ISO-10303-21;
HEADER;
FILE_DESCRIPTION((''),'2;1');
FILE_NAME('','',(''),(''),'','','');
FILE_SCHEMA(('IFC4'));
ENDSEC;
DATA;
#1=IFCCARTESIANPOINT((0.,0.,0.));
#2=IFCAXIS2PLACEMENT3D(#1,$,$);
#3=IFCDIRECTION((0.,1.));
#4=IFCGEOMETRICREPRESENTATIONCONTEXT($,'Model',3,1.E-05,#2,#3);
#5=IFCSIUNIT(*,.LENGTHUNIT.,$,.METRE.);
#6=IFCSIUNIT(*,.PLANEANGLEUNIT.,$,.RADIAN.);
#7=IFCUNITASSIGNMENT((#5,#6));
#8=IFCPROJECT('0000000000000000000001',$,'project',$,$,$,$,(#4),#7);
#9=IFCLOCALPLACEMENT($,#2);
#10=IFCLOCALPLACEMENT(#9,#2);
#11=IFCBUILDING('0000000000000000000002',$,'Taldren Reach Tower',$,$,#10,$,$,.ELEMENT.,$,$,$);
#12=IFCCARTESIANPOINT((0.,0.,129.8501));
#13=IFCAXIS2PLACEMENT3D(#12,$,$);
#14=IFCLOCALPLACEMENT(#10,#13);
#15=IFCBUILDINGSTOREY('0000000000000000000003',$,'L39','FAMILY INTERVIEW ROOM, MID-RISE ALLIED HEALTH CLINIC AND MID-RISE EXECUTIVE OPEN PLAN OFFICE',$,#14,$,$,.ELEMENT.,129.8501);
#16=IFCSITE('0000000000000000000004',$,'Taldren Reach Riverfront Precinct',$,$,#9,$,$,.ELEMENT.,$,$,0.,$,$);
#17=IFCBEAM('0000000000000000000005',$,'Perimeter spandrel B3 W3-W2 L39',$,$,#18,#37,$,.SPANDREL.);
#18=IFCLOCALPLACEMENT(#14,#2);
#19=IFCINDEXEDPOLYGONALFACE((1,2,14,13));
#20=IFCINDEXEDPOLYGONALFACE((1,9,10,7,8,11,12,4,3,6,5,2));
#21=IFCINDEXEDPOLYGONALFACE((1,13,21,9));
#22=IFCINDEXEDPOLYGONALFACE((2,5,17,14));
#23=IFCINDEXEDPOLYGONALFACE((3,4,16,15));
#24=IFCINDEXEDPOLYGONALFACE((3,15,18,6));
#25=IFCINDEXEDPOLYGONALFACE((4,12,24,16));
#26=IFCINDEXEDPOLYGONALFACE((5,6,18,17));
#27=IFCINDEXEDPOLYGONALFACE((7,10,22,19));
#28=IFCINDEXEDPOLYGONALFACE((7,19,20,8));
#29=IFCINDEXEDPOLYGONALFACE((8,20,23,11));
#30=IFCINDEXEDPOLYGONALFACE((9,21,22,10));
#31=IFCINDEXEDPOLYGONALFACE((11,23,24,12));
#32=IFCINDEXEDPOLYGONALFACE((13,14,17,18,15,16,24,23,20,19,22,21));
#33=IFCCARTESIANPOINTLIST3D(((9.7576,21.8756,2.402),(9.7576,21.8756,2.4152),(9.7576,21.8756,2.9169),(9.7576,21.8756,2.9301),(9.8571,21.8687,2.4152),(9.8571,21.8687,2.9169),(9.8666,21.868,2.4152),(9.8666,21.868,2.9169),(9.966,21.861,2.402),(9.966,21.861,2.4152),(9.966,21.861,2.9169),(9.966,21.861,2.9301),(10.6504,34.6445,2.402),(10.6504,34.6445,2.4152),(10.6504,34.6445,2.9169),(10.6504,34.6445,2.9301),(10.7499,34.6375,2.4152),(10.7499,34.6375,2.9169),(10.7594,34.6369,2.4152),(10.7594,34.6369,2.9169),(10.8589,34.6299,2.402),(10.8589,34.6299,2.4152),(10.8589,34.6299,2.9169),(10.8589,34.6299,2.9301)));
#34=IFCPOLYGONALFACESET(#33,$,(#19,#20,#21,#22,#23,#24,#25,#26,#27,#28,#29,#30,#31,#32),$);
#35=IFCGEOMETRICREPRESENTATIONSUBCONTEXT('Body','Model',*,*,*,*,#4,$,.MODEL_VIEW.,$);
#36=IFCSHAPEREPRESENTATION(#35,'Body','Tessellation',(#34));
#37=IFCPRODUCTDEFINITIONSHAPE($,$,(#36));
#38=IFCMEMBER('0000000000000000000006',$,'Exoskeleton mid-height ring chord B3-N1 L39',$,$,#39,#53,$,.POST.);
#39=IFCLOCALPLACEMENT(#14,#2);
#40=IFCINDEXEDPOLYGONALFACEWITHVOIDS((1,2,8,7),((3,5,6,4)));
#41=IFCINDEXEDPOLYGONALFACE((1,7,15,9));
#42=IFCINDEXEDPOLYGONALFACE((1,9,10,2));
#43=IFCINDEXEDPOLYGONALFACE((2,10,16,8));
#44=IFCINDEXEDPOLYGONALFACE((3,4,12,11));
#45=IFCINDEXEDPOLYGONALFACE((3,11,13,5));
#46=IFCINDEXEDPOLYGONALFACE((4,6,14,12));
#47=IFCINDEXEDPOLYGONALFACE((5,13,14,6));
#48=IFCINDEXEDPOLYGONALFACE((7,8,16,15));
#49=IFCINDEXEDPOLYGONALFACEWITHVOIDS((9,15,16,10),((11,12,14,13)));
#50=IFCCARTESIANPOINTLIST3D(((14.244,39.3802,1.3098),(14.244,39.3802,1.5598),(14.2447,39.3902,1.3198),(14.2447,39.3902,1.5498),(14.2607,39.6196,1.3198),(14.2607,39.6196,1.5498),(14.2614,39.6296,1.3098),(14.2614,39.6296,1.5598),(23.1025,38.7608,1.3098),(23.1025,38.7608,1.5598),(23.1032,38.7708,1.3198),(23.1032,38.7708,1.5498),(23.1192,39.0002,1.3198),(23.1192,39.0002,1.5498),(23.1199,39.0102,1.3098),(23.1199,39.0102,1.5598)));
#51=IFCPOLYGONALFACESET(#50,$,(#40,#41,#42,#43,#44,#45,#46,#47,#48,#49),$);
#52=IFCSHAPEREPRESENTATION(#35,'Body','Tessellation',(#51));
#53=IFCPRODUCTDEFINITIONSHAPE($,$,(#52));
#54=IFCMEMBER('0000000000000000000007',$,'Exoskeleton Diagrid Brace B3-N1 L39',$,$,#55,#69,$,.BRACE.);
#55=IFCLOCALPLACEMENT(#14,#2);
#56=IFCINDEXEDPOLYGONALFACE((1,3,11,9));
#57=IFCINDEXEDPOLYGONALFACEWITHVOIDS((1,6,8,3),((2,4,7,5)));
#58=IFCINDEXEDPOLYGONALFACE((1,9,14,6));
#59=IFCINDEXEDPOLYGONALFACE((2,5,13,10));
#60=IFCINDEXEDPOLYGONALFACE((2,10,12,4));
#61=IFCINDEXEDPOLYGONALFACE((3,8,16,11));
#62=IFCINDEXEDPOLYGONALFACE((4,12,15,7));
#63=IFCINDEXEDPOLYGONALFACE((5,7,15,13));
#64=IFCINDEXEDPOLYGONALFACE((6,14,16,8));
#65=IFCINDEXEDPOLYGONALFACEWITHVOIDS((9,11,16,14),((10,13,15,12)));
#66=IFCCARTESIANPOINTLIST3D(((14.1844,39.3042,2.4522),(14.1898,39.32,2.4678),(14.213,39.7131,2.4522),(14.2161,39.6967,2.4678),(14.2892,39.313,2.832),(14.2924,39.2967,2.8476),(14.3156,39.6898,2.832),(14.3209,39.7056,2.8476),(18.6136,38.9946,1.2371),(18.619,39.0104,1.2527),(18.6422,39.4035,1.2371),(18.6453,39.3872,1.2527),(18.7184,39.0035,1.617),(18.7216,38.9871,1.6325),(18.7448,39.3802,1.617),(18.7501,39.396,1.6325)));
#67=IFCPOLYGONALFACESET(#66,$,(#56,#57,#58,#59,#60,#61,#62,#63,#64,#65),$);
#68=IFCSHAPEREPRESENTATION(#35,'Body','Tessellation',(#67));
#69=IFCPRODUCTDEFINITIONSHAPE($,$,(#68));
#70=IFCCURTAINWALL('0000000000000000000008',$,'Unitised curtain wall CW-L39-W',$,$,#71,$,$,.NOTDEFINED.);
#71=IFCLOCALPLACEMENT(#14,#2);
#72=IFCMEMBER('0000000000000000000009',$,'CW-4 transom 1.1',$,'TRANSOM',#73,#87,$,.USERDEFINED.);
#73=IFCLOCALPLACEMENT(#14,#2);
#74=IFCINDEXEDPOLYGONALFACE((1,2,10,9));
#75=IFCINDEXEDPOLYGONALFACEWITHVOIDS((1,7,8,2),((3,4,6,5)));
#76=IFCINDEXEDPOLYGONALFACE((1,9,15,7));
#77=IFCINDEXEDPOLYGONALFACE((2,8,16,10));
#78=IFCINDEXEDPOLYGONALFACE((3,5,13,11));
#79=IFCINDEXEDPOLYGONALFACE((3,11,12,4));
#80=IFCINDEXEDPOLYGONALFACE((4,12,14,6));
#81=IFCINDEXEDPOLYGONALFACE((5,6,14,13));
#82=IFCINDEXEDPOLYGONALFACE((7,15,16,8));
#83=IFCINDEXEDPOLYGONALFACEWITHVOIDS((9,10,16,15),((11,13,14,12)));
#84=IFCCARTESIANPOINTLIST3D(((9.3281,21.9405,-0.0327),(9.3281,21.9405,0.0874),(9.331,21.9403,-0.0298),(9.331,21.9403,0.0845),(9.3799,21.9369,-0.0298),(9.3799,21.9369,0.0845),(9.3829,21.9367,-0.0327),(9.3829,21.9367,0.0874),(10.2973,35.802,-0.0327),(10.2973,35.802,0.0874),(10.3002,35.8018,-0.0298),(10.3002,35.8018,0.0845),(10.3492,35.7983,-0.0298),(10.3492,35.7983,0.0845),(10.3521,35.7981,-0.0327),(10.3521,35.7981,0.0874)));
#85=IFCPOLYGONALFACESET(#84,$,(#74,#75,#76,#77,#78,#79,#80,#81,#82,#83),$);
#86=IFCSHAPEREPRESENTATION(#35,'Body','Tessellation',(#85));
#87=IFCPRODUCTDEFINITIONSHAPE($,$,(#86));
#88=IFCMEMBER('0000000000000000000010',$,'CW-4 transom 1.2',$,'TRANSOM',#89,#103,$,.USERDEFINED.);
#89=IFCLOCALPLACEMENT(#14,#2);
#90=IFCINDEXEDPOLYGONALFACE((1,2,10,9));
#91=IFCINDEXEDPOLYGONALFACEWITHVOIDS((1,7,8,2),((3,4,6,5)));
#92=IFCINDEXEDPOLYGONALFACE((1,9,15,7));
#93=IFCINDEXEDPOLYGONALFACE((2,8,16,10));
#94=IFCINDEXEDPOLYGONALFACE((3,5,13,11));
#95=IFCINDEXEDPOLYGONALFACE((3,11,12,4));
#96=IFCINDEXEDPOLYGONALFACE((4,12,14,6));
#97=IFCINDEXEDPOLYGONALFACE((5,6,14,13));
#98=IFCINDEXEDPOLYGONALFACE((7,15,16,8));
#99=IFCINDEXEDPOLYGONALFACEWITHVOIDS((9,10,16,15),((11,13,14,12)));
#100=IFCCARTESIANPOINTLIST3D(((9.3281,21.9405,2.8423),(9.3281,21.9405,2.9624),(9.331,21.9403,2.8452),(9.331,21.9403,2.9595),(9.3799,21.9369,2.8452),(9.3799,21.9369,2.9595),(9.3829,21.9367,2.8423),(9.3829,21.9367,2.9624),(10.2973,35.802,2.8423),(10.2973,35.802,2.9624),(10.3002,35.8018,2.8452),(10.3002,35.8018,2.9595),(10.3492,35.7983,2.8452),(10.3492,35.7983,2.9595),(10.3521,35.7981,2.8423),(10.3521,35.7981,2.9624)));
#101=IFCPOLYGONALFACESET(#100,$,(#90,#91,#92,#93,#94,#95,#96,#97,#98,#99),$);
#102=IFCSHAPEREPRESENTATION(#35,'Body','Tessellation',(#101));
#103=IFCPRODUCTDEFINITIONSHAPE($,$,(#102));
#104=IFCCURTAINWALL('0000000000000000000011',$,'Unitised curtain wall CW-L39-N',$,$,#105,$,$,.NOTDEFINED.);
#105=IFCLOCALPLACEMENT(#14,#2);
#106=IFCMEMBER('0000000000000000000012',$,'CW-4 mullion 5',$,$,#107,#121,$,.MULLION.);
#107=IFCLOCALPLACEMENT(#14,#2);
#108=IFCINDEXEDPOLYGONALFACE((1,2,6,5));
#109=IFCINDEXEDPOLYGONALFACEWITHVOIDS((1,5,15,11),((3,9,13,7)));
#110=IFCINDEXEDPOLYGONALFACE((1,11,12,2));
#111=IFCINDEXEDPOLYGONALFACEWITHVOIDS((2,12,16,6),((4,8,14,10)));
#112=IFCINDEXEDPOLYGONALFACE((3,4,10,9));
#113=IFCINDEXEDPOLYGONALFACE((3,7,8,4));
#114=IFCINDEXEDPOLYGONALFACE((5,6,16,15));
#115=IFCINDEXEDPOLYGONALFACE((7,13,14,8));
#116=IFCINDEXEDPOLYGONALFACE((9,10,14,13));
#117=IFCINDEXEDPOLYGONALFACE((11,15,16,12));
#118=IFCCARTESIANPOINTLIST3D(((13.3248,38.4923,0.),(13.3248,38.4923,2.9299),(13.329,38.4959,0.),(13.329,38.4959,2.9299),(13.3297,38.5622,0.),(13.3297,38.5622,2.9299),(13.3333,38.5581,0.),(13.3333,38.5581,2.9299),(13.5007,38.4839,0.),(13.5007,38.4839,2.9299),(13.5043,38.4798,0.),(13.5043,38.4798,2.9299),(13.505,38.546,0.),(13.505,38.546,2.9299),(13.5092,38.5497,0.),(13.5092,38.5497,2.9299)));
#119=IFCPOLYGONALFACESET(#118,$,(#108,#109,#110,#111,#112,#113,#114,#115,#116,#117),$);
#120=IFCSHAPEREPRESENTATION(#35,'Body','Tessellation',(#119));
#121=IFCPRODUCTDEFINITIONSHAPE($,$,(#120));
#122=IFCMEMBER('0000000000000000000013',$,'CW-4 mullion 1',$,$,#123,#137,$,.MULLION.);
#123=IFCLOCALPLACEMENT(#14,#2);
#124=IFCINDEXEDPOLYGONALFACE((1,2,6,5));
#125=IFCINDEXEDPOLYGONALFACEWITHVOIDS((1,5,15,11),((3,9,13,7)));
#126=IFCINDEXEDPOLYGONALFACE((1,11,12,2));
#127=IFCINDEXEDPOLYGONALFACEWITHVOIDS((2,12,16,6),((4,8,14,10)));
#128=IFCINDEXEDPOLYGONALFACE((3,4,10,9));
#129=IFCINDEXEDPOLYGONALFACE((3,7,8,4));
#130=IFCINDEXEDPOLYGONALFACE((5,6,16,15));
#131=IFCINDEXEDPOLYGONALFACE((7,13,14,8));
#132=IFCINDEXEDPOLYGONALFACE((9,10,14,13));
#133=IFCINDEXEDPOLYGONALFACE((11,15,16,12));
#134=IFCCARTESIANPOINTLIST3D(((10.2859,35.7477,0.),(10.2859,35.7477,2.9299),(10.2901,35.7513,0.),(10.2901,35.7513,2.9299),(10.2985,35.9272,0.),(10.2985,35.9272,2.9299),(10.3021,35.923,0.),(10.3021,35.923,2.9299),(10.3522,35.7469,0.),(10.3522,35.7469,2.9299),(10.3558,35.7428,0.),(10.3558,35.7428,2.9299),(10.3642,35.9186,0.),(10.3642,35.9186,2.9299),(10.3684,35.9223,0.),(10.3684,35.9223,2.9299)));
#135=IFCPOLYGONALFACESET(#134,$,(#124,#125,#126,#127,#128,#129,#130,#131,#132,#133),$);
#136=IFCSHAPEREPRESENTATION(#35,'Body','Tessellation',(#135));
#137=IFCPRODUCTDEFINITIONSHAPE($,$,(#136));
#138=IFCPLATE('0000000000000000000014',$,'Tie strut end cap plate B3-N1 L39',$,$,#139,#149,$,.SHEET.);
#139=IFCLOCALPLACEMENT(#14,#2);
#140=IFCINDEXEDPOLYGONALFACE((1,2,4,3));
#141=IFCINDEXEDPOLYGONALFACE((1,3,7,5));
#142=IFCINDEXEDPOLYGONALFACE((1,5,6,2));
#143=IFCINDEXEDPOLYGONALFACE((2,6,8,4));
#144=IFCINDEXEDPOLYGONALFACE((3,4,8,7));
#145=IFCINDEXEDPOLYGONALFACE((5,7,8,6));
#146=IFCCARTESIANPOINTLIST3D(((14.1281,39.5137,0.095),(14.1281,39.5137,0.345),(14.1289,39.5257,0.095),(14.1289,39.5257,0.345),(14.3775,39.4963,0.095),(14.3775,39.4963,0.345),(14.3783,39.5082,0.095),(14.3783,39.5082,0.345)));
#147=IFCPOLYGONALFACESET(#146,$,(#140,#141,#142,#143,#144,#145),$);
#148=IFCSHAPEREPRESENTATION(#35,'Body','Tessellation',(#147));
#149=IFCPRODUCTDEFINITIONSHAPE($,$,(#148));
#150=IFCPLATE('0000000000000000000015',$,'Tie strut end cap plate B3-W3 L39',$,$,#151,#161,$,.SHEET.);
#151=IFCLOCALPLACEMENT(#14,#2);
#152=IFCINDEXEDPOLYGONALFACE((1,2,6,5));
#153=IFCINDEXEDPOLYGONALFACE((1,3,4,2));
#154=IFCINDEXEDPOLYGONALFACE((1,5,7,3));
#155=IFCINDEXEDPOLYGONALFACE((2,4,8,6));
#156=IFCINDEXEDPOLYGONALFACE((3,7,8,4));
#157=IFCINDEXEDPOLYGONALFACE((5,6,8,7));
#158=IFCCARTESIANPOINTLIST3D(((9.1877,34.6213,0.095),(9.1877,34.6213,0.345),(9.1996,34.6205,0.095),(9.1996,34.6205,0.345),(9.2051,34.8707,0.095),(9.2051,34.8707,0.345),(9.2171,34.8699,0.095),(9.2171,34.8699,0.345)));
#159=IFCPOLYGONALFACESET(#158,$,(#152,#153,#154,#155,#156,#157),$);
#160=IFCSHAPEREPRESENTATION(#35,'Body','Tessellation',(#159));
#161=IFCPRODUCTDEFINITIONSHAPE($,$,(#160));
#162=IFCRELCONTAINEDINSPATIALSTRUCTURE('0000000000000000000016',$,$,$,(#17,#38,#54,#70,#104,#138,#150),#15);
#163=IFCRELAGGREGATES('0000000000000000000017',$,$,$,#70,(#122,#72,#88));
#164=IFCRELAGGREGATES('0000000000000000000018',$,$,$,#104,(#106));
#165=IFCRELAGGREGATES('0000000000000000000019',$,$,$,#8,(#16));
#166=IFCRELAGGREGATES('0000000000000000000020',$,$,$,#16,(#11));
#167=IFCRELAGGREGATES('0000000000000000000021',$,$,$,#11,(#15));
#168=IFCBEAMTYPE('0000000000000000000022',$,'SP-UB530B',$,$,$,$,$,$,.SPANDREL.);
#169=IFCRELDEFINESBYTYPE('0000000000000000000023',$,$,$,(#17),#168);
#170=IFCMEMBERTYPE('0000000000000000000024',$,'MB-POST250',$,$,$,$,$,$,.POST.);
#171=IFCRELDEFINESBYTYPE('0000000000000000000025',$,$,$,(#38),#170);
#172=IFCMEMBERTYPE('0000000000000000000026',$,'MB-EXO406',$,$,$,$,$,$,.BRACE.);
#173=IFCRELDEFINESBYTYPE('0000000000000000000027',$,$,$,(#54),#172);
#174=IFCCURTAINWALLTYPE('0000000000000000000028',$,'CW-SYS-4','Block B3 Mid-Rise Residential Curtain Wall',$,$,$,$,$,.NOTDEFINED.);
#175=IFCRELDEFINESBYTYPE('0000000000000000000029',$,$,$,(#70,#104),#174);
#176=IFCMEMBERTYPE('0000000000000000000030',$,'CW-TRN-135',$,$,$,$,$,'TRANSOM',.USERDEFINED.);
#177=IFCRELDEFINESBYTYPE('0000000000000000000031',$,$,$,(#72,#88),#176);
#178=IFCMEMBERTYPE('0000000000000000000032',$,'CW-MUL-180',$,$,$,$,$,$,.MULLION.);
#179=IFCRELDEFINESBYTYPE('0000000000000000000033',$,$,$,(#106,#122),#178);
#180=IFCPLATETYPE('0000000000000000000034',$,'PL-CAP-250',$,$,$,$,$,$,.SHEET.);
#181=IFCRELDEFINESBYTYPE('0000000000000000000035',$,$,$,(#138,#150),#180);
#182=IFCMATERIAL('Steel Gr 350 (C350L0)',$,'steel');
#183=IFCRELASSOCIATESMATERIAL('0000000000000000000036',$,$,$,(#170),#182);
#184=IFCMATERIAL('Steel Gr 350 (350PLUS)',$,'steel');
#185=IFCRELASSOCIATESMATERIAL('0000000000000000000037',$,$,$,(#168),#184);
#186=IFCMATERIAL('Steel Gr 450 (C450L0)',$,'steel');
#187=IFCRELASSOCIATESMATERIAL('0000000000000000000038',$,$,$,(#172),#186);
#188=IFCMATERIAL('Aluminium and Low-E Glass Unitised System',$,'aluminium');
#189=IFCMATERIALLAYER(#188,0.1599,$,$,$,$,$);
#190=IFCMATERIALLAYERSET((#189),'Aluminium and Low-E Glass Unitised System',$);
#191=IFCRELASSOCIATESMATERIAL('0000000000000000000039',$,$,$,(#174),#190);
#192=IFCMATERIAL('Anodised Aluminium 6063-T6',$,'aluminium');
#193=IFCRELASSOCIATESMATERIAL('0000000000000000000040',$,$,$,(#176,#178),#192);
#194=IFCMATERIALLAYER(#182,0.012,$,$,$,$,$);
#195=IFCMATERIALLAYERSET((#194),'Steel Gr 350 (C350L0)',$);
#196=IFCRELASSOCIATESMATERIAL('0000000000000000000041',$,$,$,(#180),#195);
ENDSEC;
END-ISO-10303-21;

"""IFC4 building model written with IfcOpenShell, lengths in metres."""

from ifc_helpers import new_model, si_unit, direction, frame, origin, origin_2d, place, context, subcontext, project, spatial, rectangle, hollow_rectangle, i_section, extrude, source, transform, mapped, material, layer, layer_set, material_profile, profile_set, type_object, element, aggregate, save


model = new_model("IFC4")

# Units and contexts
model_context = context("Model", 3, precision=1e-05, world=origin(), true_north=direction((0.0, 1.0)))
body_context = subcontext(model_context, "Body", "Model", "MODEL_VIEW")
ifc_project = project(units=[si_unit("LENGTHUNIT", "METRE"), si_unit("PLANEANGLEUNIT", "RADIAN")], contexts=[model_context])

# Site, building, storey
site_placement = place(None, origin())
site = spatial("IfcSite", under=ifc_project, at=site_placement, Name="Taldren Reach Riverfront Precinct", CompositionType="ELEMENT", RefElevation=0.0)
building_placement = place(site_placement, origin())
building = spatial("IfcBuilding", under=site, at=building_placement, Name="Taldren Reach Tower", CompositionType="ELEMENT")
storey_placement = place(building_placement, frame((0.0, 0.0, 129.8501)))
storey = spatial("IfcBuildingStorey", under=building, at=storey_placement, Name="L39", Description="FAMILY INTERVIEW ROOM, MID-RISE ALLIED HEALTH CLINIC AND MID-RISE EXECUTIVE OPEN PLAN OFFICE", CompositionType="ELEMENT", Elevation=129.8501)

# Shared definitions
ifc_material_1 = material(Name="Steel Gr 450 (C450L0)", Category="steel")
ifc_material_2 = material(Name="Steel Gr 350 (350PLUS)", Category="steel")

# Shared definitions
ifc_material_3 = material(Name="Steel Gr 350 (C350L0)", Category="steel")
ifc_material_profile_1 = material_profile(ifc_material_3, hollow_rectangle(XDim=0.25, YDim=0.25, WallThickness=0.01, at=origin_2d()), Name="250x250x10.0SHS")
ifc_profile_set_1 = profile_set([ifc_material_profile_1], Name="Steel Gr 350 (C350L0)")
member_type_1 = type_object("IfcMemberType", Name="MB-POST250", PredefinedType="POST", material=ifc_profile_set_1)

# Beam
ifc_material_profile_2 = material_profile(ifc_material_2, i_section(OverallWidth=0.209, OverallDepth=0.5281, WebThickness=0.0095, FlangeThickness=0.0132, at=origin_2d()), Name="530UB82.0")
ifc_profile_set_2 = profile_set([ifc_material_profile_2], Name="Steel Gr 350 (350PLUS)")
beam_type_1 = type_object("IfcBeamType", Name="SP-UB530B", PredefinedType="SPANDREL", material=ifc_profile_set_2)
shared_shape_1 = source(origin(), body_context, "Body", "SweptSolid", [
    extrude(i_section(OverallWidth=0.209, OverallDepth=0.5281, WebThickness=0.0095, FlangeThickness=0.0132, at=origin_2d()), origin(), (0.0, 0.0, 1.0), 12.8),
])
beam_1_placement = place(storey_placement, frame((10.7546, 34.6372, 2.666), z_axis=(-0.069752, -0.997564, 0.0), x_axis=(0.997564, -0.069752, 0.0)))
element("IfcBeam", 1, at=beam_1_placement, inside=storey, type_object=beam_type_1, Name="Perimeter spandrel B3 W3-W2 L39", PredefinedType="SPANDREL", context=body_context, shape_type="MappedRepresentation", body=[
    mapped(shared_shape_1, transform((0.0, 0.0, 0.0), scale=1.0)),
])

# Members
shared_shape_2 = source(origin(), body_context, "Body", "SweptSolid", [
    extrude(hollow_rectangle(XDim=0.25, YDim=0.25, WallThickness=0.01, at=origin_2d()), origin(), (0.0, 0.0, 1.0), 8.8801),
])
member_1_placement = place(storey_placement, frame((14.2527, 39.5049, 1.4348), z_axis=(0.997564, -0.06975, 0.0), x_axis=(0.06975, 0.997564, 0.0)))
element("IfcMember", 2, at=member_1_placement, inside=storey, type_object=member_type_1, Name="Exoskeleton mid-height ring chord B3-N1 L39", PredefinedType="POST", context=body_context, shape_type="MappedRepresentation", body=[
    mapped(shared_shape_2, transform((0.0, 0.0, 0.0), scale=1.0)),
])
ifc_material_profile_3 = material_profile(ifc_material_1, hollow_rectangle(XDim=0.4099, YDim=0.4099, WallThickness=0.0161, at=origin_2d()), Name="410x410x16.0SHS")
ifc_profile_set_3 = profile_set([ifc_material_profile_3], Name="Steel Gr 450 (C450L0)")
member_type_2 = type_object("IfcMemberType", Name="MB-EXO406", PredefinedType="BRACE", material=ifc_profile_set_3)
shared_shape_3 = source(origin(), body_context, "Body", "SweptSolid", [
    extrude(hollow_rectangle(XDim=0.4099, YDim=0.4099, WallThickness=0.0161, at=origin_2d()), origin(), (0.0, 0.0, 1.0), 4.6033),
])
member_2_placement = place(storey_placement, frame((18.6819, 39.1953, 1.4348), z_axis=(-0.962186, 0.06725, 0.263962), x_axis=(-0.069723, -0.997566, 0.0)))
element("IfcMember", 3, at=member_2_placement, inside=storey, type_object=member_type_2, Name="Exoskeleton Diagrid Brace B3-N1 L39", PredefinedType="BRACE", context=body_context, shape_type="MappedRepresentation", body=[
    mapped(shared_shape_3, transform((0.0, 0.0, 0.0), scale=1.0)),
])

# Curtain wall, members
ifc_material_4 = material(Name="Aluminium and Low-E Glass Unitised System", Category="aluminium")
ifc_layer_1 = layer(ifc_material_4, 0.1599)
ifc_layer_set_1 = layer_set([ifc_layer_1], Name="Aluminium and Low-E Glass Unitised System")
curtain_wall_type = type_object("IfcCurtainWallType", Name="CW-SYS-4", Description="Block B3 Mid-Rise Residential Curtain Wall", PredefinedType="NOTDEFINED", material=ifc_layer_set_1)
curtain_wall_1_placement = place(storey_placement, origin())
curtain_wall_1 = element("IfcCurtainWall", 4, at=curtain_wall_1_placement, inside=storey, type_object=curtain_wall_type, Name="Unitised curtain wall CW-L39-W", PredefinedType="NOTDEFINED")
ifc_material_5 = material(Name="Anodised Aluminium 6063-T6", Category="aluminium")
ifc_material_profile_4 = material_profile(ifc_material_5, hollow_rectangle(XDim=0.0549, YDim=0.1201, WallThickness=0.0029, at=origin_2d()), Name="ALU-120x55x3RHS")
ifc_profile_set_4 = profile_set([ifc_material_profile_4], Name="Anodised Aluminium 6063-T6")
member_type_3 = type_object("IfcMemberType", Name="CW-TRN-135", ElementType="TRANSOM", PredefinedType="USERDEFINED", material=ifc_profile_set_4)
shared_shape_4 = source(origin(), body_context, "Body", "SweptSolid", [
    extrude(hollow_rectangle(XDim=0.0549, YDim=0.1201, WallThickness=0.0029, at=origin_2d()), origin(), (0.0, 0.0, 1.0), 13.8953),
])
member_3_placement = place(storey_placement, frame((10.3247, 35.8, 0.0273), z_axis=(-0.069754, -0.997564, 0.0), x_axis=(0.997564, -0.069754, 0.0)))
member_3 = element("IfcMember", 5, at=member_3_placement, type_object=member_type_3, Name="CW-4 transom 1.1", ObjectType="TRANSOM", PredefinedType="USERDEFINED", context=body_context, shape_type="MappedRepresentation", body=[
    mapped(shared_shape_4, transform((0.0, 0.0, 0.0), scale=1.0)),
])
member_4_placement = place(storey_placement, frame((10.3247, 35.8, 2.9023), z_axis=(-0.069754, -0.997564, 0.0), x_axis=(0.997564, -0.069754, 0.0)))
member_4 = element("IfcMember", 6, at=member_4_placement, type_object=member_type_3, Name="CW-4 transom 1.2", ObjectType="TRANSOM", PredefinedType="USERDEFINED", context=body_context, shape_type="MappedRepresentation", body=[
    mapped(shared_shape_4, transform((0.0, 0.0, 0.0), scale=1.0)),
])

# Curtain wall, member
curtain_wall_2_placement = place(storey_placement, origin())
curtain_wall_2 = element("IfcCurtainWall", 7, at=curtain_wall_2_placement, inside=storey, type_object=curtain_wall_type, Name="Unitised curtain wall CW-L39-N", PredefinedType="NOTDEFINED")
ifc_material_profile_5 = material_profile(ifc_material_5, hollow_rectangle(XDim=0.0701, YDim=0.1799, WallThickness=0.0039, at=origin_2d()), Name="ALU-180x70x4RHS")
ifc_profile_set_5 = profile_set([ifc_material_profile_5], Name="Anodised Aluminium 6063-T6")
member_type_4 = type_object("IfcMemberType", Name="CW-MUL-180", PredefinedType="MULLION", material=ifc_profile_set_5)
shared_shape_5 = source(origin(), body_context, "Body", "SweptSolid", [
    extrude(hollow_rectangle(XDim=0.0701, YDim=0.1799, WallThickness=0.0039, at=origin_2d()), origin(), (0.0, 0.0, 1.0), 2.9299),
])
member_5_placement = place(storey_placement, frame((13.417, 38.521, 0.0), z_axis=(0.0, 0.0, 1.0), x_axis=(-0.069757, -0.997564, 0.0)))
member_5 = element("IfcMember", 8, at=member_5_placement, type_object=member_type_4, Name="CW-4 mullion 5", PredefinedType="MULLION", context=body_context, shape_type="MappedRepresentation", body=[
    mapped(shared_shape_5, transform((0.0, 0.0, 0.0), scale=1.0)),
])

# Member
member_6_placement = place(storey_placement, frame((10.3271, 35.835, 0.0), z_axis=(0.0, 0.0, 1.0), x_axis=(0.997564, -0.069756, 0.0)))
member_6 = element("IfcMember", 9, at=member_6_placement, type_object=member_type_4, Name="CW-4 mullion 1", PredefinedType="MULLION", context=body_context, shape_type="MappedRepresentation", body=[
    mapped(shared_shape_5, transform((0.0, 0.0, 0.0), scale=1.0)),
])
aggregate(curtain_wall_1, [member_6, member_3, member_4])

# Plates
ifc_layer_2 = layer(ifc_material_3, 0.012)
ifc_layer_set_2 = layer_set([ifc_layer_2], Name="Steel Gr 350 (C350L0)")
plate_type_1 = type_object("IfcPlateType", Name="PL-CAP-250", PredefinedType="SHEET", material=ifc_layer_set_2)
shared_shape_6 = source(origin(), body_context, "Body", "SweptSolid", [
    extrude(rectangle(XDim=0.25, YDim=0.012, at=origin_2d()), origin(), (0.0, 0.0, 1.0), 0.25),
])
plate_1_placement = place(storey_placement, frame((14.2532, 39.511, 0.095), z_axis=(0.0, 0.0, 1.0), x_axis=(0.997564, -0.069756, 0.0)))
element("IfcPlate", 10, at=plate_1_placement, inside=storey, type_object=plate_type_1, Name="Tie strut end cap plate B3-N1 L39", PredefinedType="SHEET", context=body_context, shape_type="MappedRepresentation", body=[
    mapped(shared_shape_6, transform((0.0, 0.0, 0.0), scale=1.0)),
])
shared_shape_7 = source(origin(), body_context, "Body", "SweptSolid", [
    extrude(rectangle(XDim=0.012, YDim=0.25, at=origin_2d()), origin(), (0.0, 0.0, 1.0), 0.25),
])
plate_2_placement = place(storey_placement, frame((9.2024, 34.7456, 0.095), z_axis=(0.0, 0.0, 1.0), x_axis=(0.997564, -0.069756, 0.0)))
element("IfcPlate", 11, at=plate_2_placement, inside=storey, type_object=plate_type_1, Name="Tie strut end cap plate B3-W3 L39", PredefinedType="SHEET", context=body_context, shape_type="MappedRepresentation", body=[
    mapped(shared_shape_7, transform((0.0, 0.0, 0.0), scale=1.0)),
])

aggregate(curtain_wall_2, [member_5])

save(model, "model.ifc")
